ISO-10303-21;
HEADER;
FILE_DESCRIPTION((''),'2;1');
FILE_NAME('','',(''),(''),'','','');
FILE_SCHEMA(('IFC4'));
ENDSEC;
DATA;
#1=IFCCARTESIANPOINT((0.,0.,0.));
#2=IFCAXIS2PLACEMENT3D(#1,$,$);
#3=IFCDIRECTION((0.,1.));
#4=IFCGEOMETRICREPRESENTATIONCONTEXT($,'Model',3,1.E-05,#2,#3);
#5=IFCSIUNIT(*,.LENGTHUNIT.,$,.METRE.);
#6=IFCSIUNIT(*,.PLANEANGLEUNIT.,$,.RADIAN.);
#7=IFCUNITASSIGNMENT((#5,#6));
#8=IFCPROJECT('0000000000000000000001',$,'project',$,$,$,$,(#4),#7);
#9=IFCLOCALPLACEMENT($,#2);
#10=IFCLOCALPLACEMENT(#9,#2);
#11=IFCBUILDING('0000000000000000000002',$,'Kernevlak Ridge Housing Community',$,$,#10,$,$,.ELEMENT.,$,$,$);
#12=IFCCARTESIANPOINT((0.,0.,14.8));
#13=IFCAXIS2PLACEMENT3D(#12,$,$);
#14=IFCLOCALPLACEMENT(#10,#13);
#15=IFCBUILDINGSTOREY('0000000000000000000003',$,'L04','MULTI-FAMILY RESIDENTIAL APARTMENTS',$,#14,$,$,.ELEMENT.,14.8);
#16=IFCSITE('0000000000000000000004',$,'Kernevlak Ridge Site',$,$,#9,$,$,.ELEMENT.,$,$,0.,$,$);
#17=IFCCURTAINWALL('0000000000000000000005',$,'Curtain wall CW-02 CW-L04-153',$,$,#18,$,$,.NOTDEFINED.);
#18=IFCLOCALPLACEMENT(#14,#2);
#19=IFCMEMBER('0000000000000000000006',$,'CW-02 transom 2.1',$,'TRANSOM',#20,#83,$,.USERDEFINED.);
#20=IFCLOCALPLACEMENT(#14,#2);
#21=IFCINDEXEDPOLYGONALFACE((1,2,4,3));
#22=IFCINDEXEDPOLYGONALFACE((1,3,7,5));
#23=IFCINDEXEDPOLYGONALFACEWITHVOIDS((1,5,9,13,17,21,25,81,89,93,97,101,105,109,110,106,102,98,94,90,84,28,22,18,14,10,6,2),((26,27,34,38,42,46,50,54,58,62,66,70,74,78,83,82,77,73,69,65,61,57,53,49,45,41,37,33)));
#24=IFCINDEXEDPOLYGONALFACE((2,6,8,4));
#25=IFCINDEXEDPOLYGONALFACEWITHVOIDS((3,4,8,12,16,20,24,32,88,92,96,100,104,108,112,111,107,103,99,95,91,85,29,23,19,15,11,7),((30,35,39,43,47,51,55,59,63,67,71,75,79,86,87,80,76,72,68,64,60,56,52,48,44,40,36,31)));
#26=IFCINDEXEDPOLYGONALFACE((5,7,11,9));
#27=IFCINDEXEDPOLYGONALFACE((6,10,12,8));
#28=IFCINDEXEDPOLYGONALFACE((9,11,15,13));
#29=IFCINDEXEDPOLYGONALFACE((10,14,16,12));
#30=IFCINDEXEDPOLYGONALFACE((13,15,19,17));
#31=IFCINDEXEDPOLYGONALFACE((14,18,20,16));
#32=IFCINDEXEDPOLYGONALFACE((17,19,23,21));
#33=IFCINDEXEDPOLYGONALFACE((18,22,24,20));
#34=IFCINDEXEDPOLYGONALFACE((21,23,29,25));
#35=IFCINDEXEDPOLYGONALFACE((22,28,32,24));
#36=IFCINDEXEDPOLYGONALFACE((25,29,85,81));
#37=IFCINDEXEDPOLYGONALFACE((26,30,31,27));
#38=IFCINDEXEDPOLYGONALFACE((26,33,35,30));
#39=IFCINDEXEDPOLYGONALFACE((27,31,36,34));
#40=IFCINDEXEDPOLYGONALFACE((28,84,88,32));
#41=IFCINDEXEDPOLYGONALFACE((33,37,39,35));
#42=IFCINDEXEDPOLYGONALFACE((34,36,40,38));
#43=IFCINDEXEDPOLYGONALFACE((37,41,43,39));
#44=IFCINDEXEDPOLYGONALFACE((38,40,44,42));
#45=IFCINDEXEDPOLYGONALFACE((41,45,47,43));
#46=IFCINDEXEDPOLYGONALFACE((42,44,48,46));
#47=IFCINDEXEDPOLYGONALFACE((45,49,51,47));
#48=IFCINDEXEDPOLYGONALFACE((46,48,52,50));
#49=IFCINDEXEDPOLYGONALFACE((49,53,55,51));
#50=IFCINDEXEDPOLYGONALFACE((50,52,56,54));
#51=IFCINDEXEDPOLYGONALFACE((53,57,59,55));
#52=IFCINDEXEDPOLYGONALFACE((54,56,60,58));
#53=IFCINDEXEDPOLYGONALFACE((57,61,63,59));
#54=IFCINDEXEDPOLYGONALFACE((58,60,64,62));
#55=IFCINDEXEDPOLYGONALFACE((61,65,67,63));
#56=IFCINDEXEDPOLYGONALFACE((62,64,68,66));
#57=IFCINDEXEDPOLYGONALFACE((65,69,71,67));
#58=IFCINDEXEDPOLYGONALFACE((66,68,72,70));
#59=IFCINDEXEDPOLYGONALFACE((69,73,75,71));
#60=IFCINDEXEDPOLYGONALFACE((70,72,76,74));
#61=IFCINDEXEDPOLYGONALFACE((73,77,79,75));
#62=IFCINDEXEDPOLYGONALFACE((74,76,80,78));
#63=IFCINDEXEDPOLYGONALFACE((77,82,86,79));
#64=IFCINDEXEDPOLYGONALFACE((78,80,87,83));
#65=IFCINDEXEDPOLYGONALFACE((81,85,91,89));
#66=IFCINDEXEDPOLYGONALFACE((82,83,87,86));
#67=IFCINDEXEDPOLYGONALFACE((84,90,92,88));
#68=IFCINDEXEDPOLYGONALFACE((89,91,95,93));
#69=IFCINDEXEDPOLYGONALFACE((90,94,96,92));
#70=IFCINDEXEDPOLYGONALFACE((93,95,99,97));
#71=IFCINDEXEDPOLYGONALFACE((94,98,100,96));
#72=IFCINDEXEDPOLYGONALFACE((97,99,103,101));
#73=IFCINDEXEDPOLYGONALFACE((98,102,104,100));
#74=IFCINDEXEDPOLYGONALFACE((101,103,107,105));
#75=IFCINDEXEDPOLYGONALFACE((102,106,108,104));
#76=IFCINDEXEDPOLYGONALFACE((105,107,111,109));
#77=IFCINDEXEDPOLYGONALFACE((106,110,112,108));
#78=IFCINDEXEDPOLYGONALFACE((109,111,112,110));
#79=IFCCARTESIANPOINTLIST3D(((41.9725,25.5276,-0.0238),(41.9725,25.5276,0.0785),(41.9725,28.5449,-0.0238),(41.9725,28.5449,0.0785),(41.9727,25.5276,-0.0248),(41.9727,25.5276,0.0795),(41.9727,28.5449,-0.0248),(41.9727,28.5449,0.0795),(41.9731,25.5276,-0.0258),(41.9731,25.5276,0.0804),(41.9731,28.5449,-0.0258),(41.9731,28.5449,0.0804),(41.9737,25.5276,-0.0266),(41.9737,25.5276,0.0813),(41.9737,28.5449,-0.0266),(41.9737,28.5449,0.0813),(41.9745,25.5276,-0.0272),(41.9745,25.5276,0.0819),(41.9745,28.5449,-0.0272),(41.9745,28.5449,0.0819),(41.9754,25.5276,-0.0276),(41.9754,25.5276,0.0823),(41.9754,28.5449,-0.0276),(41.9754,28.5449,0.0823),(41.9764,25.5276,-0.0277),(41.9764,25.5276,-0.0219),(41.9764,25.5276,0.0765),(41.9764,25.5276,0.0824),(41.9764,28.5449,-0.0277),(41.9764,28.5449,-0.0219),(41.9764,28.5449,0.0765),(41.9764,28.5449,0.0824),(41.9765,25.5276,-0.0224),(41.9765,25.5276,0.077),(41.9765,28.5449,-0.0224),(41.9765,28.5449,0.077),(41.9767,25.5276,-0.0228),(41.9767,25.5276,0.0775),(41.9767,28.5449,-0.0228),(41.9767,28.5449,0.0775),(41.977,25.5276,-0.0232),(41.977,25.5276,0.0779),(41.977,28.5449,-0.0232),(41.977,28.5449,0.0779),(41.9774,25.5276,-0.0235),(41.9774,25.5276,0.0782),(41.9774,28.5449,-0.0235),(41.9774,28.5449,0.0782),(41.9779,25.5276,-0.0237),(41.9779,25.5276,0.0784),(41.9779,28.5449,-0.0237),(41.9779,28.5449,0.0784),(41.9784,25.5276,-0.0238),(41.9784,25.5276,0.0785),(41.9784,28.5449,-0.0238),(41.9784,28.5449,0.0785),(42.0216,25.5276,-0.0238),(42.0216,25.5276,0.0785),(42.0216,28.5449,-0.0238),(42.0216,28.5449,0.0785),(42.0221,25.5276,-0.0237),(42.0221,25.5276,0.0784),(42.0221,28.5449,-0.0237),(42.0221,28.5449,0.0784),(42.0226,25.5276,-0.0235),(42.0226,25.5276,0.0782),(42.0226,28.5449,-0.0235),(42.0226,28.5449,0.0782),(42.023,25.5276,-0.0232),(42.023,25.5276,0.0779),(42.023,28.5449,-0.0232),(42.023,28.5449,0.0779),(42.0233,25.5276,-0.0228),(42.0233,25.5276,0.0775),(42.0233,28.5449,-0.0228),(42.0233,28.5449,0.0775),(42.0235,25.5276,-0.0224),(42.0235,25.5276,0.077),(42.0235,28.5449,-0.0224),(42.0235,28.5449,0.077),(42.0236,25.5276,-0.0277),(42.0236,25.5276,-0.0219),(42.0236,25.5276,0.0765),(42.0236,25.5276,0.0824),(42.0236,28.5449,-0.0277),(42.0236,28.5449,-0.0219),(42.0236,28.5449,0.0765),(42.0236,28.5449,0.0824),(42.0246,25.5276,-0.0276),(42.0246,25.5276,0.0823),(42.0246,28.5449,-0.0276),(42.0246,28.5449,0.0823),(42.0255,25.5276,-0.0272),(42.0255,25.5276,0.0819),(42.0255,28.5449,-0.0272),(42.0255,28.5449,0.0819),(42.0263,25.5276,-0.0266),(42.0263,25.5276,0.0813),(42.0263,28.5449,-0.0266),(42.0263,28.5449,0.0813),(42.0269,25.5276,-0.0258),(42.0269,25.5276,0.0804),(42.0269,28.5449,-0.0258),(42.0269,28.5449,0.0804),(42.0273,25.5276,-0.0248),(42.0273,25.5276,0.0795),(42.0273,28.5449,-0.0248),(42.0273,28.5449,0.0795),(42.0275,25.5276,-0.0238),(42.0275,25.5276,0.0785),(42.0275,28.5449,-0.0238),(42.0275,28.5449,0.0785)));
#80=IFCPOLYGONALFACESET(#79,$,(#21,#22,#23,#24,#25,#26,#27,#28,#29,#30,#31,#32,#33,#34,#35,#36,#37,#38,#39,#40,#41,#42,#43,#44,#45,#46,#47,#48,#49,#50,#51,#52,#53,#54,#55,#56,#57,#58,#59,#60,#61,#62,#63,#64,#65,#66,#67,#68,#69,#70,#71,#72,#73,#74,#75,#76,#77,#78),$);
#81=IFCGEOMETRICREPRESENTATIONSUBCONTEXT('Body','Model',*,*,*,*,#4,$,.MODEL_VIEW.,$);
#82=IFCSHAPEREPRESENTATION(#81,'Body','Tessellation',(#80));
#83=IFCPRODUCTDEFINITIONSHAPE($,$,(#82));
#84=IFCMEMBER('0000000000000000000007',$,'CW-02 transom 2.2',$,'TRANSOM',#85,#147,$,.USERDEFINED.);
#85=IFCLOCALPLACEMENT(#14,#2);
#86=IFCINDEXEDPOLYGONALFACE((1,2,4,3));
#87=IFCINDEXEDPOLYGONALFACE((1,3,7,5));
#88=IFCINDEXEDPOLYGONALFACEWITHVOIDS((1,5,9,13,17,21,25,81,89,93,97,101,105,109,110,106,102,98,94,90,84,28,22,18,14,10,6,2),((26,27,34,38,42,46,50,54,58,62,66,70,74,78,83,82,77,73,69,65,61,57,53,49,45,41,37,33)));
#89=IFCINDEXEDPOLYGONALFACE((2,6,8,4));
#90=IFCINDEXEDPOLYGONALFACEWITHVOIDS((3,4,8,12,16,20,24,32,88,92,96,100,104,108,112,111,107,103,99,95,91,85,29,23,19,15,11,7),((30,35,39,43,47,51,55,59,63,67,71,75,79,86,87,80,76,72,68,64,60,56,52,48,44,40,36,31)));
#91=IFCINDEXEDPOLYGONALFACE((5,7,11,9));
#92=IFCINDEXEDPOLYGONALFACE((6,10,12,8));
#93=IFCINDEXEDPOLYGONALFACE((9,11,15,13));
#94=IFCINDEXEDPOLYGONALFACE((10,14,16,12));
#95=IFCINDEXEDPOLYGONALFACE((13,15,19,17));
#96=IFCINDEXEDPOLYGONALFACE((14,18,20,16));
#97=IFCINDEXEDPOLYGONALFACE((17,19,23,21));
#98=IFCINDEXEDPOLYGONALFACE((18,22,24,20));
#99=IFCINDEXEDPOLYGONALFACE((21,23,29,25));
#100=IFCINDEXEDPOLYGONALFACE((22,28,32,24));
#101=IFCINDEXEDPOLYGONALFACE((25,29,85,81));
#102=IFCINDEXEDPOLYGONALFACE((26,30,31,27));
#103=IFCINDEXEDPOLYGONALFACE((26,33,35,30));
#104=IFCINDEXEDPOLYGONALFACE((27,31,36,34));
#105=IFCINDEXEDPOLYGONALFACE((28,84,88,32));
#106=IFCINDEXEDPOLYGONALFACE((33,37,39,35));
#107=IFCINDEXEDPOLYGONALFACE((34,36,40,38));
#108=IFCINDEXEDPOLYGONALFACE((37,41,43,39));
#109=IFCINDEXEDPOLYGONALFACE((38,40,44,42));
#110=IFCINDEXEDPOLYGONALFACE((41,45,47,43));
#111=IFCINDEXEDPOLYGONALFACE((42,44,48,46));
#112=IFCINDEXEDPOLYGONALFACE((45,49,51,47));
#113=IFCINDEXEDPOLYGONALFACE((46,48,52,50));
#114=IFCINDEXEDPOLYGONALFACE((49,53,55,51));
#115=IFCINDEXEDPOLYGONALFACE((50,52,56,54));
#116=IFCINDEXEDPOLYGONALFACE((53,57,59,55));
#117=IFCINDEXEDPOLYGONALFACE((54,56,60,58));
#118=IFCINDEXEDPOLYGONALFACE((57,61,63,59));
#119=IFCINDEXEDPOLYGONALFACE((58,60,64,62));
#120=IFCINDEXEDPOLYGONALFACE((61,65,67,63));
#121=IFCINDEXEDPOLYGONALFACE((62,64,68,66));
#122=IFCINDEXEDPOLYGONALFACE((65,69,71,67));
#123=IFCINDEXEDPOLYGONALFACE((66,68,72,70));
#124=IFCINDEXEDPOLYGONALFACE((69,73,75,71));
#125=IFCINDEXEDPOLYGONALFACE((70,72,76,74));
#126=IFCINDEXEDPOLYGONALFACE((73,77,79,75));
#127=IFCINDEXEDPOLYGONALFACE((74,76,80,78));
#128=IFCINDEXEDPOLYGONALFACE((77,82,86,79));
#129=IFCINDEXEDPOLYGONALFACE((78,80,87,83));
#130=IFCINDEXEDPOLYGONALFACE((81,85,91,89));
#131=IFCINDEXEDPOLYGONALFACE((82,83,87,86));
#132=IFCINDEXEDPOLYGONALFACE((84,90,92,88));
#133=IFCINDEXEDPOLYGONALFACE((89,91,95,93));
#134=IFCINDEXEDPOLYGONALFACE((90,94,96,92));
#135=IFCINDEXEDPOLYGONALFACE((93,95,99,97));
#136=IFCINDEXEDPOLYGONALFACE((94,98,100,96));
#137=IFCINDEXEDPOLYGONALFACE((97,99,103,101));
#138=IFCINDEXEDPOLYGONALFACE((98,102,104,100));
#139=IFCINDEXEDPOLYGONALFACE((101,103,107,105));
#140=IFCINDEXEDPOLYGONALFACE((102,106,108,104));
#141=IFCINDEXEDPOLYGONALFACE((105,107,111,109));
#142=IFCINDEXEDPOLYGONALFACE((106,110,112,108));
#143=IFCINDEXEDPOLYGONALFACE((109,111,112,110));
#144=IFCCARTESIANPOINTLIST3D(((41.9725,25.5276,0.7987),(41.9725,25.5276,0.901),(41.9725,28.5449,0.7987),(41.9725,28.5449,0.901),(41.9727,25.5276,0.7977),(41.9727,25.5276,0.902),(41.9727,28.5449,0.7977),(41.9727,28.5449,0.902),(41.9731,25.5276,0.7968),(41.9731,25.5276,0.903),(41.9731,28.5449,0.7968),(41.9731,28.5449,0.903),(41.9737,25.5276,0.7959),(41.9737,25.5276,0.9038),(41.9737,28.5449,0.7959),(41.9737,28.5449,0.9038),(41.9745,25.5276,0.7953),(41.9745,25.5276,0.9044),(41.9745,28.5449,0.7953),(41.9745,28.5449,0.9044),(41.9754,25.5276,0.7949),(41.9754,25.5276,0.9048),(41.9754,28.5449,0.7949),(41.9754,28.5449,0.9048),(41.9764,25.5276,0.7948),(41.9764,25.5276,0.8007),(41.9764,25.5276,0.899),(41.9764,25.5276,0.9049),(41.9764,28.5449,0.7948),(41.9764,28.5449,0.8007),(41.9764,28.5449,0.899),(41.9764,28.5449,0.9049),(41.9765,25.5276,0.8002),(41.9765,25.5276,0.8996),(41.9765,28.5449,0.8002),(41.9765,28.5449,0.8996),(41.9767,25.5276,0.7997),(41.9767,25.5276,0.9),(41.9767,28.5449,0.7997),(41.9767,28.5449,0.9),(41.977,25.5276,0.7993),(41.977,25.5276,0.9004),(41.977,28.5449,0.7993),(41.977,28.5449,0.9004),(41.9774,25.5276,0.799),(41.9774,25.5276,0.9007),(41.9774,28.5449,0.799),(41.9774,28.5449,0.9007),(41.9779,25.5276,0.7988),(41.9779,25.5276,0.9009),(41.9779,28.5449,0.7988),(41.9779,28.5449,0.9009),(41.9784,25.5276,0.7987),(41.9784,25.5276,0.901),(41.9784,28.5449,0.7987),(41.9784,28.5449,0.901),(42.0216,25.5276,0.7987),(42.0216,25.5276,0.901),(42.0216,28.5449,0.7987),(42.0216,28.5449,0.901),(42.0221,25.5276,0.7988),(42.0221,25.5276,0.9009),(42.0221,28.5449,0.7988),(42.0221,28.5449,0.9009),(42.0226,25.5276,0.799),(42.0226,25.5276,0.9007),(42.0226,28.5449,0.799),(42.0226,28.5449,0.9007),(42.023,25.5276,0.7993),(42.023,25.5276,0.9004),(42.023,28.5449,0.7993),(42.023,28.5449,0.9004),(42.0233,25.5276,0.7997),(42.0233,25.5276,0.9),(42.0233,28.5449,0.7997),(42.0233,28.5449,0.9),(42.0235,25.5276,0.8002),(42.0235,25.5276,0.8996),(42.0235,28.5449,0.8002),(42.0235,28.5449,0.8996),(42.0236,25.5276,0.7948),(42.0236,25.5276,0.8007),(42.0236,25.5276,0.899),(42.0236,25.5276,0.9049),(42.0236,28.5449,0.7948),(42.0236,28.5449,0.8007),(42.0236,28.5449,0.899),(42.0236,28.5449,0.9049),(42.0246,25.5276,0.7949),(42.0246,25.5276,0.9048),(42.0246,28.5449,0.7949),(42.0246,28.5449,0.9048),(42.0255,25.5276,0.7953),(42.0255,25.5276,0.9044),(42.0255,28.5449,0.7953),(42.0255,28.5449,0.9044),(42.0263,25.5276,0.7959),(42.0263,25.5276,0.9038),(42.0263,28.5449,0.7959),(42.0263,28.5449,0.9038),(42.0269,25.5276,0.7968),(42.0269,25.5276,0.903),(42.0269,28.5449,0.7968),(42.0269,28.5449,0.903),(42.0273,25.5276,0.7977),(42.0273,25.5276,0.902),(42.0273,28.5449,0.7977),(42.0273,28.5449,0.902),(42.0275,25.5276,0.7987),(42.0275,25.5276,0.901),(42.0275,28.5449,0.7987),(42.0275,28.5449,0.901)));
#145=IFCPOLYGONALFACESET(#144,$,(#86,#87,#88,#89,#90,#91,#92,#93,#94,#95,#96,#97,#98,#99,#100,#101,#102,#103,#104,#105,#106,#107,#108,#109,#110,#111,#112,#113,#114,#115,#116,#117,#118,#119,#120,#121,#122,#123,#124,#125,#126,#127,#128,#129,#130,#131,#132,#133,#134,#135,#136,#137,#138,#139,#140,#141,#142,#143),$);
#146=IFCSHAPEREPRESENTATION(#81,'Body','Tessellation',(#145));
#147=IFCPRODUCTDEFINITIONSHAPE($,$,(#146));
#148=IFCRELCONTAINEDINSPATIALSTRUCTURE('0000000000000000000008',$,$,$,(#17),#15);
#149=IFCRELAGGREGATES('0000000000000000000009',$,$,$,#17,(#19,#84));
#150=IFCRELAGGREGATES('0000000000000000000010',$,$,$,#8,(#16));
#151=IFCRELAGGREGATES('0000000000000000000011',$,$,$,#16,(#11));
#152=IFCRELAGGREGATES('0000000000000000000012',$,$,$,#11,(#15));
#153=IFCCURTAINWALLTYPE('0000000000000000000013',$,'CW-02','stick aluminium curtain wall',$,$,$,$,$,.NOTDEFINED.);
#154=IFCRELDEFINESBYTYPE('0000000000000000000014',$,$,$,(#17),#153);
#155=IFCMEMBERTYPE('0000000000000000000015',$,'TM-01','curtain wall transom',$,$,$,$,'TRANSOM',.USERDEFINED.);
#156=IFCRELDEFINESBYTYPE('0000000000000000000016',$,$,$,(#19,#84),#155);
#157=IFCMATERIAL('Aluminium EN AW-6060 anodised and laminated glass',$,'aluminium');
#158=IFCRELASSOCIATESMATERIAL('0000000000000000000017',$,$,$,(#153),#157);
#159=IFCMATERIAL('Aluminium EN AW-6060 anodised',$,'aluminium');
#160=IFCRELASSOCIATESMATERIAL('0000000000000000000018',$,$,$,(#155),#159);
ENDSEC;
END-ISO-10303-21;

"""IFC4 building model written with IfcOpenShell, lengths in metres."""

from ifc_helpers import new_model, si_unit, direction, frame, origin, origin_2d, place, context, subcontext, project, spatial, hollow_rectangle, extrude, material, material_profile, profile_set, type_object, element, aggregate, save


model = new_model("IFC4")

# Units and contexts
model_context = context("Model", 3, precision=1e-05, world=origin(), true_north=direction((0.0, 1.0)))
body_context = subcontext(model_context, "Body", "Model", "MODEL_VIEW")
ifc_project = project(units=[si_unit("LENGTHUNIT", "METRE"), si_unit("PLANEANGLEUNIT", "RADIAN")], contexts=[model_context])

# Site, building, storey
site_placement = place(None, origin())
site = spatial("IfcSite", under=ifc_project, at=site_placement, Name="Kernevlak Ridge Site", CompositionType="ELEMENT", RefElevation=0.0)
building_placement = place(site_placement, origin())
building = spatial("IfcBuilding", under=site, at=building_placement, Name="Kernevlak Ridge Housing Community", CompositionType="ELEMENT")
storey_placement = place(building_placement, frame((0.0, 0.0, 14.8)))
storey = spatial("IfcBuildingStorey", under=building, at=storey_placement, Name="L04", Description="MULTI-FAMILY RESIDENTIAL APARTMENTS", CompositionType="ELEMENT", Elevation=14.8)

# Curtain wall
ifc_material_1 = material(Name="Aluminium EN AW-6060 anodised and laminated glass", Category="aluminium")
curtain_wall_type = type_object("IfcCurtainWallType", Name="CW-02", Description="stick aluminium curtain wall", PredefinedType="NOTDEFINED", material=ifc_material_1)
curtain_wall_placement = place(storey_placement, origin())
curtain_wall = element("IfcCurtainWall", 1, at=curtain_wall_placement, inside=storey, type_object=curtain_wall_type, Name="Curtain wall CW-02 CW-L04-153", PredefinedType="NOTDEFINED")
ifc_material_2 = material(Name="Aluminium EN AW-6060 anodised", Category="aluminium")

# Members
ifc_material_profile_1 = material_profile(ifc_material_2, hollow_rectangle(XDim=0.0549, YDim=0.1101, WallThickness=0.0039, InnerFilletRadius=0.002, OuterFilletRadius=0.0039, at=origin_2d()), Name="ALU 55x110x4")
ifc_profile_set_1 = profile_set([ifc_material_profile_1], Name="Aluminium EN AW-6060 anodised")
member_type_1 = type_object("IfcMemberType", Name="TM-01", Description="curtain wall transom", ElementType="TRANSOM", PredefinedType="USERDEFINED", material=ifc_profile_set_1)
member_1_placement = place(storey_placement, frame((42.0, 25.5276, 0.0273), z_axis=(0.0, 1.0, 0.0), x_axis=(-1.0, 0.0, 0.0)))
member_1 = element("IfcMember", 2, at=member_1_placement, type_object=member_type_1, Name="CW-02 transom 2.1", ObjectType="TRANSOM", PredefinedType="USERDEFINED", context=body_context, shape_type="SweptSolid", body=[
    extrude(hollow_rectangle(XDim=0.0549, YDim=0.1101, WallThickness=0.0039, InnerFilletRadius=0.002, OuterFilletRadius=0.0039, at=origin_2d()), origin(), (0.0, 0.0, 1.0), 3.0173),
])
member_2_placement = place(storey_placement, frame((42.0, 25.5276, 0.8499), z_axis=(0.0, 1.0, 0.0), x_axis=(-1.0, 0.0, 0.0)))
member_2 = element("IfcMember", 3, at=member_2_placement, type_object=member_type_1, Name="CW-02 transom 2.2", ObjectType="TRANSOM", PredefinedType="USERDEFINED", context=body_context, shape_type="SweptSolid", body=[
    extrude(hollow_rectangle(XDim=0.0549, YDim=0.1101, WallThickness=0.0039, InnerFilletRadius=0.002, OuterFilletRadius=0.0039, at=origin_2d()), origin(), (0.0, 0.0, 1.0), 3.0173),
])

aggregate(curtain_wall, [member_1, member_2])

save(model, "model.ifc")
